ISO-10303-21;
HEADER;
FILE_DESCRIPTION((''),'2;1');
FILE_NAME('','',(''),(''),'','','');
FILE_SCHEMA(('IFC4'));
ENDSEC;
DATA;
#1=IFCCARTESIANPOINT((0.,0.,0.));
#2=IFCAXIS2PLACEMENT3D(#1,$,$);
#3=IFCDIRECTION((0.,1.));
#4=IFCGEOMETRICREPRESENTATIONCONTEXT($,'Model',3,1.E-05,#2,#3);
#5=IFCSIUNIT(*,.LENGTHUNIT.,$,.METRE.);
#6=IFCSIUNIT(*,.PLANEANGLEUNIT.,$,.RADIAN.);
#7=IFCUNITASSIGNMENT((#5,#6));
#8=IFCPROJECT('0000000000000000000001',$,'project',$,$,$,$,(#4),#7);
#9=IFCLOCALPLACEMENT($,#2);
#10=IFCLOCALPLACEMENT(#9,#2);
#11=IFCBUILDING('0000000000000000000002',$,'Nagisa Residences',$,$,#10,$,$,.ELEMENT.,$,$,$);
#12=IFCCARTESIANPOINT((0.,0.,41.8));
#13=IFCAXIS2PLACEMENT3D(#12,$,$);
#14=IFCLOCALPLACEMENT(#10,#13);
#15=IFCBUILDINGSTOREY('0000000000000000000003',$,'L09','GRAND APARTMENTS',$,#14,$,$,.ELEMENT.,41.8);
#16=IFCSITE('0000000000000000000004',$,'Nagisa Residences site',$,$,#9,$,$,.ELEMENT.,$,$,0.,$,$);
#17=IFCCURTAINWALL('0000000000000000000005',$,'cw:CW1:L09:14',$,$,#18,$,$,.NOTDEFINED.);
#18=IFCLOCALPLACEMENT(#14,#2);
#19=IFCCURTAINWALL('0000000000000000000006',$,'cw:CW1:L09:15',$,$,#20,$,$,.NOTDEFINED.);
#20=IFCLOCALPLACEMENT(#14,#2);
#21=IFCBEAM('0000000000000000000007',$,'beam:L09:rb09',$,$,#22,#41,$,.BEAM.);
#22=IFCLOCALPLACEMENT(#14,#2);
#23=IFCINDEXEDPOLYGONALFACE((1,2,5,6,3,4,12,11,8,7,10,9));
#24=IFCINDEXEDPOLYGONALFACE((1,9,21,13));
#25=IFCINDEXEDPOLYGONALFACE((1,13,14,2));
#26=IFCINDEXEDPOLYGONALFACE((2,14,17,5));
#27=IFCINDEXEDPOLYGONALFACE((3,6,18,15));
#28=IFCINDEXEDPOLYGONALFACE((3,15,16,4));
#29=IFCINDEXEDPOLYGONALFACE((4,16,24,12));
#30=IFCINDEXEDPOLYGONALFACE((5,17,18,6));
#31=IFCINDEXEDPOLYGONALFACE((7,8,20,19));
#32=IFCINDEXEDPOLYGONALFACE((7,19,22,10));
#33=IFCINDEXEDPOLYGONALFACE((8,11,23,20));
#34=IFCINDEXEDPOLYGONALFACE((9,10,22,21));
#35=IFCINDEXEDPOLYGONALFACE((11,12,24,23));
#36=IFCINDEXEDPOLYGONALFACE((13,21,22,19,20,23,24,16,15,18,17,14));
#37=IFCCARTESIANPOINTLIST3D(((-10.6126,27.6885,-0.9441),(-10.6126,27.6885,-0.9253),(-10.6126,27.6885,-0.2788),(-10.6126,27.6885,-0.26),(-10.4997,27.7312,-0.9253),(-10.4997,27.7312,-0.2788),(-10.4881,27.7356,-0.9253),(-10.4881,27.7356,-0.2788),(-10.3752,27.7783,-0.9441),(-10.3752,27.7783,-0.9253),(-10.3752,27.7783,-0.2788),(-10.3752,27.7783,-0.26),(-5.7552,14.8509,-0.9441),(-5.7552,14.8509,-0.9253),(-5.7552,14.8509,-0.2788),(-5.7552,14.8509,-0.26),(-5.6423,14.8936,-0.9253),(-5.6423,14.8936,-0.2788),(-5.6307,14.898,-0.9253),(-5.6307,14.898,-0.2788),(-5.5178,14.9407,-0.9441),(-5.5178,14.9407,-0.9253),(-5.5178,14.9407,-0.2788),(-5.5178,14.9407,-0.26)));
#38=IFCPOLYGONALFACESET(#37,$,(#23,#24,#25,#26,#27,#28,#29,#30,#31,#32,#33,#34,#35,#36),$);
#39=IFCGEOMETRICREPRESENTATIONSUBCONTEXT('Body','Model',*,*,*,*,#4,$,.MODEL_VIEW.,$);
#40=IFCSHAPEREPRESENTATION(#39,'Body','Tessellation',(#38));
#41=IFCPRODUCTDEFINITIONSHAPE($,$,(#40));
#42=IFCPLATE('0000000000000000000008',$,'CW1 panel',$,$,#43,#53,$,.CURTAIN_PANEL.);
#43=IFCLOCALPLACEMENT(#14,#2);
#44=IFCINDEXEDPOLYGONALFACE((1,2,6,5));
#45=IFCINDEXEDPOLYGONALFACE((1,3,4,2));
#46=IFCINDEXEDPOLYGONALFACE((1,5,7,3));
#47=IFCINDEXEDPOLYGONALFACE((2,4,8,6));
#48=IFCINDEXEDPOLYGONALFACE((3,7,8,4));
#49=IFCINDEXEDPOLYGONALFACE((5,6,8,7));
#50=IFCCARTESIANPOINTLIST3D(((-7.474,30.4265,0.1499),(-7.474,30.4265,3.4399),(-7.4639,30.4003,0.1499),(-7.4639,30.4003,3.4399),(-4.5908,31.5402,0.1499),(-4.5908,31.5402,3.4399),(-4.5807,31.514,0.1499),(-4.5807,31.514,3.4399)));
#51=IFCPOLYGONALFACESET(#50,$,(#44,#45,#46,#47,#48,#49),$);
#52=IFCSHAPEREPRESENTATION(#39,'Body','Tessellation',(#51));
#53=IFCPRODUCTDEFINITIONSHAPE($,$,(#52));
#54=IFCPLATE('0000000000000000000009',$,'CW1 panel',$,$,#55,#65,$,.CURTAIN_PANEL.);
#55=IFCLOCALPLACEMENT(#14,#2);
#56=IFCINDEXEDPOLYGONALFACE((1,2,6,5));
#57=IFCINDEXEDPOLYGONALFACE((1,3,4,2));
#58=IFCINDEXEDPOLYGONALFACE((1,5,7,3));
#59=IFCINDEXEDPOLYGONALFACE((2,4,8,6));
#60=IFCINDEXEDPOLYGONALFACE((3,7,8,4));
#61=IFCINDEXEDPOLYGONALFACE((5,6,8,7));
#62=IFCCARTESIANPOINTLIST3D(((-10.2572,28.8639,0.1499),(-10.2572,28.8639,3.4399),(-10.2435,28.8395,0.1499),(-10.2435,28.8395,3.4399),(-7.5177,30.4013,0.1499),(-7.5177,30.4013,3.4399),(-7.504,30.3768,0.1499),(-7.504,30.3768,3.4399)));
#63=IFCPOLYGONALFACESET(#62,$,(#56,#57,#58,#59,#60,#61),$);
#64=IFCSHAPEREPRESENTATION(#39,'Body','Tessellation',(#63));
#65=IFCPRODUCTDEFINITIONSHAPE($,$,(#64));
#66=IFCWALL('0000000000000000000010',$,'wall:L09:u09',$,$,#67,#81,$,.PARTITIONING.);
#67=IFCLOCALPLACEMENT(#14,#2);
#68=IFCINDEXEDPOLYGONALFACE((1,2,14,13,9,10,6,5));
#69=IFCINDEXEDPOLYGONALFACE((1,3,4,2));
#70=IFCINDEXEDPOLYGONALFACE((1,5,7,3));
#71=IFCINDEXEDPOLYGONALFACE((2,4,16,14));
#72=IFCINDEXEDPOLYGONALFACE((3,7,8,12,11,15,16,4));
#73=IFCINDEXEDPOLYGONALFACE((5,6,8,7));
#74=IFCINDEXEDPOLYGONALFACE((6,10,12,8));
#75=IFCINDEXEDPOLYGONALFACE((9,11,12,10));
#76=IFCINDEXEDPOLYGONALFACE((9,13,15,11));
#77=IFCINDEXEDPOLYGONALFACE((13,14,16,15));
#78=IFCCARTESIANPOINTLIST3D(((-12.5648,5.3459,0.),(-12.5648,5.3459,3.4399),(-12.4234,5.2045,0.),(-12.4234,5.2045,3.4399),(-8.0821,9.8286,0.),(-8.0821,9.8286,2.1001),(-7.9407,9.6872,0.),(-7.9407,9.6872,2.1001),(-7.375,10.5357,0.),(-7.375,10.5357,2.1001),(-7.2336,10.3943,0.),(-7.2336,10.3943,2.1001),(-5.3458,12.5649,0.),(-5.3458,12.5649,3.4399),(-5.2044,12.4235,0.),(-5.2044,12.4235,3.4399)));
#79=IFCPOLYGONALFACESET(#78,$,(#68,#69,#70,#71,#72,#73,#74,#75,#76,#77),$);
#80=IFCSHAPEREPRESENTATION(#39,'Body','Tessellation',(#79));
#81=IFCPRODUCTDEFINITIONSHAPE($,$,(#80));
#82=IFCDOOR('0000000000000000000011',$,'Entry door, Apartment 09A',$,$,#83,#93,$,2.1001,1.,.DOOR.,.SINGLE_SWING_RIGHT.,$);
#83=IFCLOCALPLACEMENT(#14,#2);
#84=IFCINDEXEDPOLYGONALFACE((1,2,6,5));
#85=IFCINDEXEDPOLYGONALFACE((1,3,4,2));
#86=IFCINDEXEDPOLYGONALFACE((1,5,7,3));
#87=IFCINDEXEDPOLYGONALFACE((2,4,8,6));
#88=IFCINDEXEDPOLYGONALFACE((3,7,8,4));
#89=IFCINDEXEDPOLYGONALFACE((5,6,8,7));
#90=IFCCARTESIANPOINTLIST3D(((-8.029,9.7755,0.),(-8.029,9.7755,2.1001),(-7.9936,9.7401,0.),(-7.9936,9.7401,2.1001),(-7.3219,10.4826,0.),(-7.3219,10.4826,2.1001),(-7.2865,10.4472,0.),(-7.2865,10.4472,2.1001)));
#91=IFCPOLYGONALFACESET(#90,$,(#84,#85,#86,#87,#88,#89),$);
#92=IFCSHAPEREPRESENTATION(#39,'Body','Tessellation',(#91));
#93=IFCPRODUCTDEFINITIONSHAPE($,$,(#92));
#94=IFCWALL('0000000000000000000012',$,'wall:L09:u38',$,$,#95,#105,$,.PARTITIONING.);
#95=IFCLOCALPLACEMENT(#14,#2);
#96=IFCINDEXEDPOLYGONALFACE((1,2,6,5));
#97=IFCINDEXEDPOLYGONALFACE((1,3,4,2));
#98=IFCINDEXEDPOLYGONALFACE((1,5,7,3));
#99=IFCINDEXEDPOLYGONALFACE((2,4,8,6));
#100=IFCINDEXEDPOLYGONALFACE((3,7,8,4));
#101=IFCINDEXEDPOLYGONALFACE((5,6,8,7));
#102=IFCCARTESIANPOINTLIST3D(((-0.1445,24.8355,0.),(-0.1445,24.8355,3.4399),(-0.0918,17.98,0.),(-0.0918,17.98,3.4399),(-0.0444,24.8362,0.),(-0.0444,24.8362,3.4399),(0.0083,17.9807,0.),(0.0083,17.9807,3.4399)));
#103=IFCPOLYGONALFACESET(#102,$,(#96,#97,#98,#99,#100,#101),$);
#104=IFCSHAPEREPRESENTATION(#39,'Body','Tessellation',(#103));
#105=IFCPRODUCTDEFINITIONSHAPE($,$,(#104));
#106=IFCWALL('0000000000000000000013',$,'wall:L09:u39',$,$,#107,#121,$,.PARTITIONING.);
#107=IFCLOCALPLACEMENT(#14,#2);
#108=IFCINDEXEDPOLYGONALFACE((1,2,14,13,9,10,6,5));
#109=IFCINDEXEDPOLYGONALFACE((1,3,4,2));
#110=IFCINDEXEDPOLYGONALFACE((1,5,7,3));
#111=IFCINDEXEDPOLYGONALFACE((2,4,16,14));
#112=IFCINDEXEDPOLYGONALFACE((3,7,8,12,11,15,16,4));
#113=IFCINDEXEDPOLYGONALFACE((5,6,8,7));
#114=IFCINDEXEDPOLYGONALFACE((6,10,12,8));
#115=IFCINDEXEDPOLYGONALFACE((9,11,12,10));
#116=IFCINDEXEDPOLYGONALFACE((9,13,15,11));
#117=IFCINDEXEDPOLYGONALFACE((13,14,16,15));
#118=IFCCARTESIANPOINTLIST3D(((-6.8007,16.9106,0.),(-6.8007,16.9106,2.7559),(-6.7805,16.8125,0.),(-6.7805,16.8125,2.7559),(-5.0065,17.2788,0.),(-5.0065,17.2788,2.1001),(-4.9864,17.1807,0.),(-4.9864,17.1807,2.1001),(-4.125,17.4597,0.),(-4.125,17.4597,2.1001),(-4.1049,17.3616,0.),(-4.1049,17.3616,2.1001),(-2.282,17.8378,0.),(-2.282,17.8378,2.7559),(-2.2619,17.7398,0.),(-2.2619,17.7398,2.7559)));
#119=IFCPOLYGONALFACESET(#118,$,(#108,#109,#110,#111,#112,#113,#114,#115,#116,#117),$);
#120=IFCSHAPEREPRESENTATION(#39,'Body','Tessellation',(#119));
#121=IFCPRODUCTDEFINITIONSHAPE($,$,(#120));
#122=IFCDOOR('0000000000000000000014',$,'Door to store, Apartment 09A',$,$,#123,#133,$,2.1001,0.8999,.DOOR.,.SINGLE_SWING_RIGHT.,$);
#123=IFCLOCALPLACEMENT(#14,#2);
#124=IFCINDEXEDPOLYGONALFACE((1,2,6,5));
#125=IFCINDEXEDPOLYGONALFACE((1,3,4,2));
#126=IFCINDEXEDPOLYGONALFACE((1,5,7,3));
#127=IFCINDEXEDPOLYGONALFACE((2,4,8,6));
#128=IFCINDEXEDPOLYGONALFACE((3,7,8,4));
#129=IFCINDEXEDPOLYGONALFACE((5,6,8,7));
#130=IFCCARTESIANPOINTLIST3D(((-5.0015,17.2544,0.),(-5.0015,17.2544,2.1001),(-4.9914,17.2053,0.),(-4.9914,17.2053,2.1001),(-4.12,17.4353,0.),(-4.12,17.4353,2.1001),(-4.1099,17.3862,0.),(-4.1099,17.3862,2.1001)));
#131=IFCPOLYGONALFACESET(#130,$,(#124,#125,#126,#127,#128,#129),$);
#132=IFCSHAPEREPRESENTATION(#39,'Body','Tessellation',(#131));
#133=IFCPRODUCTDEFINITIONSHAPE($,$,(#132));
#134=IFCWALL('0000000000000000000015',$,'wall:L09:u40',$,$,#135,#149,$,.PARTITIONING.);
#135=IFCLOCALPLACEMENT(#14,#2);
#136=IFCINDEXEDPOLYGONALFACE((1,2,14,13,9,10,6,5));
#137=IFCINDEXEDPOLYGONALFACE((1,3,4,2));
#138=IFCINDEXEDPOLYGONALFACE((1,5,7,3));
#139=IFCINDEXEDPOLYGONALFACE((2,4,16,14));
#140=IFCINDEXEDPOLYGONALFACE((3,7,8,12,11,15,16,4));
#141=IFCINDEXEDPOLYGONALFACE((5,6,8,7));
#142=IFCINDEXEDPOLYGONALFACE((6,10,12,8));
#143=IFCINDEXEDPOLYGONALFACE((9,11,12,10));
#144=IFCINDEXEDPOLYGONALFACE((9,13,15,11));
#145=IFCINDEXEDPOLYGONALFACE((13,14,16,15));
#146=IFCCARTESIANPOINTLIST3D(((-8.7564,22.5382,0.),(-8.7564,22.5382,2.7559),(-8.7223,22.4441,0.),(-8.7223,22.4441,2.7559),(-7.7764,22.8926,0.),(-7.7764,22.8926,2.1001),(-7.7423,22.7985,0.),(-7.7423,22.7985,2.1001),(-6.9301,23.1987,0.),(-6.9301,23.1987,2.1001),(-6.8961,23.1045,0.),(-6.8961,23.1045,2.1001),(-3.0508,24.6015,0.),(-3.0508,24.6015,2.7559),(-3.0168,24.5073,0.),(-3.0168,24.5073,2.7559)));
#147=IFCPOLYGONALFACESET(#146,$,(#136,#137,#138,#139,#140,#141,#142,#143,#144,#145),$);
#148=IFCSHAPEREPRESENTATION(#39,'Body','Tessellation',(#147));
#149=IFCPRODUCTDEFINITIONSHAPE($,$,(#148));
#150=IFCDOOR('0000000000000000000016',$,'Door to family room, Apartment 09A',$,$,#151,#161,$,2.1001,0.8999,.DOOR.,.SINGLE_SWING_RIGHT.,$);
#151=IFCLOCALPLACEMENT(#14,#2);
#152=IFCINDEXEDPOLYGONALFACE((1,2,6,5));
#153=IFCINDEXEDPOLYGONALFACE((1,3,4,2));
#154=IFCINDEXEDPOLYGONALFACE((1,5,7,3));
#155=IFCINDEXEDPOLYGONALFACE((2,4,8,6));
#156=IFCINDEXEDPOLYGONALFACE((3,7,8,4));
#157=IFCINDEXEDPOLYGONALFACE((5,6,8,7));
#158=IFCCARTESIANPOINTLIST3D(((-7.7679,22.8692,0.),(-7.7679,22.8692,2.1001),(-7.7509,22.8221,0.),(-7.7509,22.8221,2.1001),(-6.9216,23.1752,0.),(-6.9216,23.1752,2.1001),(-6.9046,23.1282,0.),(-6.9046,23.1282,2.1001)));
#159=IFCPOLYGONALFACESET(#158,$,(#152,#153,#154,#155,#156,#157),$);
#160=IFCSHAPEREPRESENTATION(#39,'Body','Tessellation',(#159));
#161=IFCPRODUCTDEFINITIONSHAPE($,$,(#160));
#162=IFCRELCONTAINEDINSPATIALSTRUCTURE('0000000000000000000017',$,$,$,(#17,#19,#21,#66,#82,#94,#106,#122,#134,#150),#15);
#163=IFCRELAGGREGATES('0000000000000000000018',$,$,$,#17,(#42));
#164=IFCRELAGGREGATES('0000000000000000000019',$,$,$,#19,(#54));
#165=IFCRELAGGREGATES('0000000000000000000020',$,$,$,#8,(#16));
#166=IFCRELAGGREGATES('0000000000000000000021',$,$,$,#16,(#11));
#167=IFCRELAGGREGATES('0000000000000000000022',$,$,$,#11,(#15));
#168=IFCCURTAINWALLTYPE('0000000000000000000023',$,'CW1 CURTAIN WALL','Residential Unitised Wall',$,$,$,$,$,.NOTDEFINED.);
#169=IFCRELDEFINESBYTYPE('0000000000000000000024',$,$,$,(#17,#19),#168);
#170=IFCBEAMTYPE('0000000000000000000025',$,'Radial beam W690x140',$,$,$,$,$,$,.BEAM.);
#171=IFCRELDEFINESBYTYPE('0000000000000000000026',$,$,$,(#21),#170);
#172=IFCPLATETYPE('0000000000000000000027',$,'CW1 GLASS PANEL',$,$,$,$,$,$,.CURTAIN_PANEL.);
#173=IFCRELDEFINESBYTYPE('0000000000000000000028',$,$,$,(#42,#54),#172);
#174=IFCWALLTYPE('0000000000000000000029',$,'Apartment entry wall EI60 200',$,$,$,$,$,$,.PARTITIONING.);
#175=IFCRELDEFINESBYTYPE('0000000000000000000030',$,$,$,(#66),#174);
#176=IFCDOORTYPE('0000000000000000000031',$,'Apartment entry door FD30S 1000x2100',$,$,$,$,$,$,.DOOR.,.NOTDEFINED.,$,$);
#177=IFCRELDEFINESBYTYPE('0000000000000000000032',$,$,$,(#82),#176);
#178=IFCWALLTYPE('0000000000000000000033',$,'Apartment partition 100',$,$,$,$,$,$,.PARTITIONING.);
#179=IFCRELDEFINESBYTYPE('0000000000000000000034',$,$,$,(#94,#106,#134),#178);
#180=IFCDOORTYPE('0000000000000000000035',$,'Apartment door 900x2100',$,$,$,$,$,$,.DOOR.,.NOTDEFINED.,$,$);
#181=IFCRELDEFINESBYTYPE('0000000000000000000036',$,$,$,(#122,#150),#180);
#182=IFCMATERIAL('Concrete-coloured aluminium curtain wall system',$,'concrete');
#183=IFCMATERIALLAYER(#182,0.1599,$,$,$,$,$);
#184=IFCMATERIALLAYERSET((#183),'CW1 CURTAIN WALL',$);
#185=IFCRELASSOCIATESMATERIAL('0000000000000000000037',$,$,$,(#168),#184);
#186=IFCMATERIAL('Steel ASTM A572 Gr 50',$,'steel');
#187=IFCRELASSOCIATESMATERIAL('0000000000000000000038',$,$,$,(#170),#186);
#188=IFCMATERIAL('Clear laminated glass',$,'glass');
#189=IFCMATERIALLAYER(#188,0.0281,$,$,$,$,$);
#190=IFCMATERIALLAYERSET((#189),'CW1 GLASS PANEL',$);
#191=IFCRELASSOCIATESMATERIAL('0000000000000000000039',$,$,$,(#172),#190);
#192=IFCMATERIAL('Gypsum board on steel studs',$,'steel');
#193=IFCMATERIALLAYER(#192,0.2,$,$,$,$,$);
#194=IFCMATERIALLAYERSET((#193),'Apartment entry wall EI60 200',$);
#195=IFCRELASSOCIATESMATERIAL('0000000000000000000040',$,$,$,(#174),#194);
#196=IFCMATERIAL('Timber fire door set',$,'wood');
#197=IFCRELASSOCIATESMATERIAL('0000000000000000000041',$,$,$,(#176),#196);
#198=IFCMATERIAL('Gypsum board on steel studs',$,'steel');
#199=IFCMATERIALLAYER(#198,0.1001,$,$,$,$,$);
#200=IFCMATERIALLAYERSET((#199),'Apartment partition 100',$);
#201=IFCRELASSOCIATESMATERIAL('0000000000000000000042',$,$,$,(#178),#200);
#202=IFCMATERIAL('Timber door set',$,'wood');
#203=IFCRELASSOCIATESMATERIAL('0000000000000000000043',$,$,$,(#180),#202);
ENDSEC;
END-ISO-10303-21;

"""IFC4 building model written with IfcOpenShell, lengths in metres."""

from ifc_helpers import new_model, si_unit, direction, frame, frame_2d, origin, origin_2d, place, context, subcontext, project, spatial, rectangle, i_section, extrude, material, layer, layer_set, material_profile, profile_set, type_object, element, fill, aggregate, save


model = new_model("IFC4")

# Units and contexts
model_context = context("Model", 3, precision=1e-05, world=origin(), true_north=direction((0.0, 1.0)))
body_context = subcontext(model_context, "Body", "Model", "MODEL_VIEW")
ifc_project = project(units=[si_unit("LENGTHUNIT", "METRE"), si_unit("PLANEANGLEUNIT", "RADIAN")], contexts=[model_context])

# Site, building, storey
site_placement = place(None, origin())
site = spatial("IfcSite", under=ifc_project, at=site_placement, Name="Nagisa Residences site", CompositionType="ELEMENT", RefElevation=0.0)
building_placement = place(site_placement, origin())
building = spatial("IfcBuilding", under=site, at=building_placement, Name="Nagisa Residences", CompositionType="ELEMENT")
storey_placement = place(building_placement, frame((0.0, 0.0, 41.8)))
storey = spatial("IfcBuildingStorey", under=building, at=storey_placement, Name="L09", Description="GRAND APARTMENTS", CompositionType="ELEMENT", Elevation=41.8)

# Curtain walls
ifc_material_1 = material(Name="Concrete-coloured aluminium curtain wall system", Category="concrete")
ifc_layer_1 = layer(ifc_material_1, 0.1599)
ifc_layer_set_1 = layer_set([ifc_layer_1], Name="CW1 CURTAIN WALL")
curtain_wall_type = type_object("IfcCurtainWallType", Name="CW1 CURTAIN WALL", Description="Residential Unitised Wall", PredefinedType="NOTDEFINED", material=ifc_layer_set_1)
curtain_wall_1_placement = place(storey_placement, origin())
curtain_wall_1 = element("IfcCurtainWall", 1, at=curtain_wall_1_placement, inside=storey, type_object=curtain_wall_type, Name="cw:CW1:L09:14", PredefinedType="NOTDEFINED")
curtain_wall_2_placement = place(storey_placement, origin())
curtain_wall_2 = element("IfcCurtainWall", 2, at=curtain_wall_2_placement, inside=storey, type_object=curtain_wall_type, Name="cw:CW1:L09:15", PredefinedType="NOTDEFINED")

# Beam
ifc_material_2 = material(Name="Steel ASTM A572 Gr 50", Category="steel")
ifc_material_profile_1 = material_profile(ifc_material_2, i_section(OverallWidth=0.2539, OverallDepth=0.6841, WebThickness=0.0125, FlangeThickness=0.0188, at=origin_2d()), Name="W690x140")
ifc_profile_set_1 = profile_set([ifc_material_profile_1], Name="Steel ASTM A572 Gr 50")
beam_type_1 = type_object("IfcBeamType", Name="Radial beam W690x140", PredefinedType="BEAM", material=ifc_profile_set_1)
beam_1_placement = place(storey_placement, frame((-10.4939, 27.7334, -0.6021), z_axis=(0.353888, -0.935288, 0.0), x_axis=(0.935288, 0.353888, 0.0)))
element("IfcBeam", 3, at=beam_1_placement, inside=storey, type_object=beam_type_1, Name="beam:L09:rb09", PredefinedType="BEAM", context=body_context, shape_type="SweptSolid", body=[
    extrude(i_section(OverallWidth=0.2539, OverallDepth=0.6841, WebThickness=0.0125, FlangeThickness=0.0188, at=origin_2d()), origin(), (0.0, 0.0, 1.0), 13.7258),
])

# Plates
ifc_material_3 = material(Name="Clear laminated glass", Category="glass")
ifc_layer_2 = layer(ifc_material_3, 0.0281)
ifc_layer_set_2 = layer_set([ifc_layer_2], Name="CW1 GLASS PANEL")
plate_type = type_object("IfcPlateType", Name="CW1 GLASS PANEL", PredefinedType="CURTAIN_PANEL", material=ifc_layer_set_2)
plate_1_placement = place(storey_placement, frame((-6.0273, 30.9702, 0.1499), z_axis=(0.0, 0.0, 1.0), x_axis=(-0.932826, -0.360328, 0.0)))
plate_1 = element("IfcPlate", 4, at=plate_1_placement, type_object=plate_type, Name="CW1 panel", PredefinedType="CURTAIN_PANEL", context=body_context, shape_type="SweptSolid", body=[
    extrude(rectangle(XDim=3.0908, YDim=0.0281, at=origin_2d()), origin(), (0.0, 0.0, 1.0), 3.29),
])
aggregate(curtain_wall_1, [plate_1])
plate_2_placement = place(storey_placement, frame((-8.8806, 29.6204, 0.1499), z_axis=(0.0, 0.0, 1.0), x_axis=(-0.872072, -0.489377, 0.0)))
plate_2 = element("IfcPlate", 5, at=plate_2_placement, type_object=plate_type, Name="CW1 panel", PredefinedType="CURTAIN_PANEL", context=body_context, shape_type="SweptSolid", body=[
    extrude(rectangle(XDim=3.1414, YDim=0.0281, at=origin_2d()), origin(), (0.0, 0.0, 1.0), 3.29),
])
aggregate(curtain_wall_2, [plate_2])

# Wall, opening, door
ifc_material_4 = material(Name="Gypsum board on steel studs", Category="steel")
ifc_layer_3 = layer(ifc_material_4, 0.2)
ifc_layer_set_3 = layer_set([ifc_layer_3], Name="Apartment entry wall EI60 200")
wall_type_1 = type_object("IfcWallType", Name="Apartment entry wall EI60 200", PredefinedType="PARTITIONING", material=ifc_layer_set_3)
wall_1_placement = place(storey_placement, frame((-5.2751, 12.4941, 0.0), z_axis=(0.0, 0.0, 1.0), x_axis=(-0.707107, -0.707107, 0.0)))
wall_1 = element("IfcWall", 6, at=wall_1_placement, inside=storey, type_object=wall_type_1, Name="wall:L09:u09", PredefinedType="PARTITIONING", context=body_context, shape_type="SweptSolid", body=[
    extrude(rectangle(XDim=10.2092, YDim=0.2, at=frame_2d((5.1045, 0.0))), origin(), (0.0, 0.0, 1.0), 3.4399),
])
opening_1_placement = place(wall_1_placement, frame((2.8696, 0.0, 0.0)))
opening_1 = element("IfcOpeningElement", 7, at=opening_1_placement, cuts=wall_1, PredefinedType="OPENING", context=body_context, shape_type="SweptSolid", body=[
    extrude(rectangle(XDim=1.0, YDim=2.1001, at=frame_2d((0.5, 1.05))), frame((0.0, 0.1099, 0.0), z_axis=(0.0, -1.0, 0.0), x_axis=(1.0, 0.0, 0.0)), (0.0, 0.0, 1.0), 0.22),
])
ifc_material_5 = material(Name="Timber fire door set", Category="wood")
door_type_1 = type_object("IfcDoorType", Name="Apartment entry door FD30S 1000x2100", OperationType="NOTDEFINED", PredefinedType="DOOR", material=ifc_material_5)
door_1_placement = place(opening_1_placement, frame((1.0, 0.0, 0.0), x_axis=(-1.0, 0.0, 0.0)))
door_1 = element("IfcDoor", 8, at=door_1_placement, inside=storey, type_object=door_type_1, Name="Entry door, Apartment 09A", OperationType="SINGLE_SWING_RIGHT", OverallHeight=2.1001, OverallWidth=1.0, PredefinedType="DOOR", context=body_context, shape_type="SweptSolid", body=[
    extrude(rectangle(XDim=1.0, YDim=2.1001, at=frame_2d((0.5, 1.05))), frame((0.0, 0.0249, 0.0), z_axis=(0.0, -1.0, 0.0), x_axis=(1.0, 0.0, 0.0)), (0.0, 0.0, 1.0), 0.05),
])
fill(opening_1, door_1)

# Wall
ifc_material_6 = material(Name="Gypsum board on steel studs", Category="steel")
ifc_layer_4 = layer(ifc_material_6, 0.1001)
ifc_layer_set_4 = layer_set([ifc_layer_4], Name="Apartment partition 100")
wall_type_2 = type_object("IfcWallType", Name="Apartment partition 100", PredefinedType="PARTITIONING", material=ifc_layer_set_4)
wall_2_placement = place(storey_placement, frame((-0.0417, 17.9805, 0.0), z_axis=(0.0, 0.0, 1.0), x_axis=(-0.007692, 0.99997, 0.0)))
element("IfcWall", 9, at=wall_2_placement, inside=storey, type_object=wall_type_2, Name="wall:L09:u38", PredefinedType="PARTITIONING", context=body_context, shape_type="SweptSolid", body=[
    extrude(rectangle(XDim=6.8557, YDim=0.1001, at=frame_2d((3.4277, 0.0))), origin(), (0.0, 0.0, 1.0), 3.4399),
])

# Walls, openings, doors
wall_3_placement = place(storey_placement, frame((-2.272, 17.7888, 0.0), z_axis=(0.0, 0.0, 1.0), x_axis=(-0.979587, -0.20102, 0.0)))
wall_3 = element("IfcWall", 10, at=wall_3_placement, inside=storey, type_object=wall_type_2, Name="wall:L09:u39", PredefinedType="PARTITIONING", context=body_context, shape_type="SweptSolid", body=[
    extrude(rectangle(XDim=4.6128, YDim=0.1001, at=frame_2d((2.3064, 0.0))), origin(), (0.0, 0.0, 1.0), 2.7559),
])
opening_2_placement = place(wall_3_placement, frame((1.8813, 0.0, 0.0)))
opening_2 = element("IfcOpeningElement", 11, at=opening_2_placement, cuts=wall_3, PredefinedType="OPENING", context=body_context, shape_type="SweptSolid", body=[
    extrude(rectangle(XDim=0.8999, YDim=2.1001, at=frame_2d((0.45, 1.05))), frame((0.0, 0.0601, 0.0), z_axis=(0.0, -1.0, 0.0), x_axis=(1.0, 0.0, 0.0)), (0.0, 0.0, 1.0), 0.1201),
])
ifc_material_7 = material(Name="Timber door set", Category="wood")
door_type_2 = type_object("IfcDoorType", Name="Apartment door 900x2100", OperationType="NOTDEFINED", PredefinedType="DOOR", material=ifc_material_7)
door_2_placement = place(opening_2_placement, origin())
door_2 = element("IfcDoor", 12, at=door_2_placement, inside=storey, type_object=door_type_2, Name="Door to store, Apartment 09A", OperationType="SINGLE_SWING_RIGHT", OverallHeight=2.1001, OverallWidth=0.8999, PredefinedType="DOOR", context=body_context, shape_type="SweptSolid", body=[
    extrude(rectangle(XDim=0.8999, YDim=2.1001, at=frame_2d((0.45, 1.05))), frame((0.0, 0.0249, 0.0), z_axis=(0.0, -1.0, 0.0), x_axis=(1.0, 0.0, 0.0)), (0.0, 0.0, 1.0), 0.05),
])
fill(opening_2, door_2)
wall_4_placement = place(storey_placement, frame((-3.0337, 24.5544, 0.0), z_axis=(0.0, 0.0, 1.0), x_axis=(-0.940402, -0.340066, 0.0)))
wall_4 = element("IfcWall", 13, at=wall_4_placement, inside=storey, type_object=wall_type_2, Name="wall:L09:u40", PredefinedType="PARTITIONING", context=body_context, shape_type="SweptSolid", body=[
    extrude(rectangle(XDim=6.0671, YDim=0.1001, at=frame_2d((3.0337, 0.0))), origin(), (0.0, 0.0, 1.0), 2.7559),
])
opening_3_placement = place(wall_4_placement, frame((4.1252, 0.0, 0.0)))
opening_3 = element("IfcOpeningElement", 14, at=opening_3_placement, cuts=wall_4, PredefinedType="OPENING", context=body_context, shape_type="SweptSolid", body=[
    extrude(rectangle(XDim=0.8999, YDim=2.1001, at=frame_2d((0.45, 1.05))), frame((0.0, 0.0601, 0.0), z_axis=(0.0, -1.0, 0.0), x_axis=(1.0, 0.0, 0.0)), (0.0, 0.0, 1.0), 0.1201),
])
door_3_placement = place(opening_3_placement, origin())
door_3 = element("IfcDoor", 15, at=door_3_placement, inside=storey, type_object=door_type_2, Name="Door to family room, Apartment 09A", OperationType="SINGLE_SWING_RIGHT", OverallHeight=2.1001, OverallWidth=0.8999, PredefinedType="DOOR", context=body_context, shape_type="SweptSolid", body=[
    extrude(rectangle(XDim=0.8999, YDim=2.1001, at=frame_2d((0.45, 1.05))), frame((0.0, 0.0249, 0.0), z_axis=(0.0, -1.0, 0.0), x_axis=(1.0, 0.0, 0.0)), (0.0, 0.0, 1.0), 0.05),
])
fill(opening_3, door_3)

save(model, "model.ifc")
